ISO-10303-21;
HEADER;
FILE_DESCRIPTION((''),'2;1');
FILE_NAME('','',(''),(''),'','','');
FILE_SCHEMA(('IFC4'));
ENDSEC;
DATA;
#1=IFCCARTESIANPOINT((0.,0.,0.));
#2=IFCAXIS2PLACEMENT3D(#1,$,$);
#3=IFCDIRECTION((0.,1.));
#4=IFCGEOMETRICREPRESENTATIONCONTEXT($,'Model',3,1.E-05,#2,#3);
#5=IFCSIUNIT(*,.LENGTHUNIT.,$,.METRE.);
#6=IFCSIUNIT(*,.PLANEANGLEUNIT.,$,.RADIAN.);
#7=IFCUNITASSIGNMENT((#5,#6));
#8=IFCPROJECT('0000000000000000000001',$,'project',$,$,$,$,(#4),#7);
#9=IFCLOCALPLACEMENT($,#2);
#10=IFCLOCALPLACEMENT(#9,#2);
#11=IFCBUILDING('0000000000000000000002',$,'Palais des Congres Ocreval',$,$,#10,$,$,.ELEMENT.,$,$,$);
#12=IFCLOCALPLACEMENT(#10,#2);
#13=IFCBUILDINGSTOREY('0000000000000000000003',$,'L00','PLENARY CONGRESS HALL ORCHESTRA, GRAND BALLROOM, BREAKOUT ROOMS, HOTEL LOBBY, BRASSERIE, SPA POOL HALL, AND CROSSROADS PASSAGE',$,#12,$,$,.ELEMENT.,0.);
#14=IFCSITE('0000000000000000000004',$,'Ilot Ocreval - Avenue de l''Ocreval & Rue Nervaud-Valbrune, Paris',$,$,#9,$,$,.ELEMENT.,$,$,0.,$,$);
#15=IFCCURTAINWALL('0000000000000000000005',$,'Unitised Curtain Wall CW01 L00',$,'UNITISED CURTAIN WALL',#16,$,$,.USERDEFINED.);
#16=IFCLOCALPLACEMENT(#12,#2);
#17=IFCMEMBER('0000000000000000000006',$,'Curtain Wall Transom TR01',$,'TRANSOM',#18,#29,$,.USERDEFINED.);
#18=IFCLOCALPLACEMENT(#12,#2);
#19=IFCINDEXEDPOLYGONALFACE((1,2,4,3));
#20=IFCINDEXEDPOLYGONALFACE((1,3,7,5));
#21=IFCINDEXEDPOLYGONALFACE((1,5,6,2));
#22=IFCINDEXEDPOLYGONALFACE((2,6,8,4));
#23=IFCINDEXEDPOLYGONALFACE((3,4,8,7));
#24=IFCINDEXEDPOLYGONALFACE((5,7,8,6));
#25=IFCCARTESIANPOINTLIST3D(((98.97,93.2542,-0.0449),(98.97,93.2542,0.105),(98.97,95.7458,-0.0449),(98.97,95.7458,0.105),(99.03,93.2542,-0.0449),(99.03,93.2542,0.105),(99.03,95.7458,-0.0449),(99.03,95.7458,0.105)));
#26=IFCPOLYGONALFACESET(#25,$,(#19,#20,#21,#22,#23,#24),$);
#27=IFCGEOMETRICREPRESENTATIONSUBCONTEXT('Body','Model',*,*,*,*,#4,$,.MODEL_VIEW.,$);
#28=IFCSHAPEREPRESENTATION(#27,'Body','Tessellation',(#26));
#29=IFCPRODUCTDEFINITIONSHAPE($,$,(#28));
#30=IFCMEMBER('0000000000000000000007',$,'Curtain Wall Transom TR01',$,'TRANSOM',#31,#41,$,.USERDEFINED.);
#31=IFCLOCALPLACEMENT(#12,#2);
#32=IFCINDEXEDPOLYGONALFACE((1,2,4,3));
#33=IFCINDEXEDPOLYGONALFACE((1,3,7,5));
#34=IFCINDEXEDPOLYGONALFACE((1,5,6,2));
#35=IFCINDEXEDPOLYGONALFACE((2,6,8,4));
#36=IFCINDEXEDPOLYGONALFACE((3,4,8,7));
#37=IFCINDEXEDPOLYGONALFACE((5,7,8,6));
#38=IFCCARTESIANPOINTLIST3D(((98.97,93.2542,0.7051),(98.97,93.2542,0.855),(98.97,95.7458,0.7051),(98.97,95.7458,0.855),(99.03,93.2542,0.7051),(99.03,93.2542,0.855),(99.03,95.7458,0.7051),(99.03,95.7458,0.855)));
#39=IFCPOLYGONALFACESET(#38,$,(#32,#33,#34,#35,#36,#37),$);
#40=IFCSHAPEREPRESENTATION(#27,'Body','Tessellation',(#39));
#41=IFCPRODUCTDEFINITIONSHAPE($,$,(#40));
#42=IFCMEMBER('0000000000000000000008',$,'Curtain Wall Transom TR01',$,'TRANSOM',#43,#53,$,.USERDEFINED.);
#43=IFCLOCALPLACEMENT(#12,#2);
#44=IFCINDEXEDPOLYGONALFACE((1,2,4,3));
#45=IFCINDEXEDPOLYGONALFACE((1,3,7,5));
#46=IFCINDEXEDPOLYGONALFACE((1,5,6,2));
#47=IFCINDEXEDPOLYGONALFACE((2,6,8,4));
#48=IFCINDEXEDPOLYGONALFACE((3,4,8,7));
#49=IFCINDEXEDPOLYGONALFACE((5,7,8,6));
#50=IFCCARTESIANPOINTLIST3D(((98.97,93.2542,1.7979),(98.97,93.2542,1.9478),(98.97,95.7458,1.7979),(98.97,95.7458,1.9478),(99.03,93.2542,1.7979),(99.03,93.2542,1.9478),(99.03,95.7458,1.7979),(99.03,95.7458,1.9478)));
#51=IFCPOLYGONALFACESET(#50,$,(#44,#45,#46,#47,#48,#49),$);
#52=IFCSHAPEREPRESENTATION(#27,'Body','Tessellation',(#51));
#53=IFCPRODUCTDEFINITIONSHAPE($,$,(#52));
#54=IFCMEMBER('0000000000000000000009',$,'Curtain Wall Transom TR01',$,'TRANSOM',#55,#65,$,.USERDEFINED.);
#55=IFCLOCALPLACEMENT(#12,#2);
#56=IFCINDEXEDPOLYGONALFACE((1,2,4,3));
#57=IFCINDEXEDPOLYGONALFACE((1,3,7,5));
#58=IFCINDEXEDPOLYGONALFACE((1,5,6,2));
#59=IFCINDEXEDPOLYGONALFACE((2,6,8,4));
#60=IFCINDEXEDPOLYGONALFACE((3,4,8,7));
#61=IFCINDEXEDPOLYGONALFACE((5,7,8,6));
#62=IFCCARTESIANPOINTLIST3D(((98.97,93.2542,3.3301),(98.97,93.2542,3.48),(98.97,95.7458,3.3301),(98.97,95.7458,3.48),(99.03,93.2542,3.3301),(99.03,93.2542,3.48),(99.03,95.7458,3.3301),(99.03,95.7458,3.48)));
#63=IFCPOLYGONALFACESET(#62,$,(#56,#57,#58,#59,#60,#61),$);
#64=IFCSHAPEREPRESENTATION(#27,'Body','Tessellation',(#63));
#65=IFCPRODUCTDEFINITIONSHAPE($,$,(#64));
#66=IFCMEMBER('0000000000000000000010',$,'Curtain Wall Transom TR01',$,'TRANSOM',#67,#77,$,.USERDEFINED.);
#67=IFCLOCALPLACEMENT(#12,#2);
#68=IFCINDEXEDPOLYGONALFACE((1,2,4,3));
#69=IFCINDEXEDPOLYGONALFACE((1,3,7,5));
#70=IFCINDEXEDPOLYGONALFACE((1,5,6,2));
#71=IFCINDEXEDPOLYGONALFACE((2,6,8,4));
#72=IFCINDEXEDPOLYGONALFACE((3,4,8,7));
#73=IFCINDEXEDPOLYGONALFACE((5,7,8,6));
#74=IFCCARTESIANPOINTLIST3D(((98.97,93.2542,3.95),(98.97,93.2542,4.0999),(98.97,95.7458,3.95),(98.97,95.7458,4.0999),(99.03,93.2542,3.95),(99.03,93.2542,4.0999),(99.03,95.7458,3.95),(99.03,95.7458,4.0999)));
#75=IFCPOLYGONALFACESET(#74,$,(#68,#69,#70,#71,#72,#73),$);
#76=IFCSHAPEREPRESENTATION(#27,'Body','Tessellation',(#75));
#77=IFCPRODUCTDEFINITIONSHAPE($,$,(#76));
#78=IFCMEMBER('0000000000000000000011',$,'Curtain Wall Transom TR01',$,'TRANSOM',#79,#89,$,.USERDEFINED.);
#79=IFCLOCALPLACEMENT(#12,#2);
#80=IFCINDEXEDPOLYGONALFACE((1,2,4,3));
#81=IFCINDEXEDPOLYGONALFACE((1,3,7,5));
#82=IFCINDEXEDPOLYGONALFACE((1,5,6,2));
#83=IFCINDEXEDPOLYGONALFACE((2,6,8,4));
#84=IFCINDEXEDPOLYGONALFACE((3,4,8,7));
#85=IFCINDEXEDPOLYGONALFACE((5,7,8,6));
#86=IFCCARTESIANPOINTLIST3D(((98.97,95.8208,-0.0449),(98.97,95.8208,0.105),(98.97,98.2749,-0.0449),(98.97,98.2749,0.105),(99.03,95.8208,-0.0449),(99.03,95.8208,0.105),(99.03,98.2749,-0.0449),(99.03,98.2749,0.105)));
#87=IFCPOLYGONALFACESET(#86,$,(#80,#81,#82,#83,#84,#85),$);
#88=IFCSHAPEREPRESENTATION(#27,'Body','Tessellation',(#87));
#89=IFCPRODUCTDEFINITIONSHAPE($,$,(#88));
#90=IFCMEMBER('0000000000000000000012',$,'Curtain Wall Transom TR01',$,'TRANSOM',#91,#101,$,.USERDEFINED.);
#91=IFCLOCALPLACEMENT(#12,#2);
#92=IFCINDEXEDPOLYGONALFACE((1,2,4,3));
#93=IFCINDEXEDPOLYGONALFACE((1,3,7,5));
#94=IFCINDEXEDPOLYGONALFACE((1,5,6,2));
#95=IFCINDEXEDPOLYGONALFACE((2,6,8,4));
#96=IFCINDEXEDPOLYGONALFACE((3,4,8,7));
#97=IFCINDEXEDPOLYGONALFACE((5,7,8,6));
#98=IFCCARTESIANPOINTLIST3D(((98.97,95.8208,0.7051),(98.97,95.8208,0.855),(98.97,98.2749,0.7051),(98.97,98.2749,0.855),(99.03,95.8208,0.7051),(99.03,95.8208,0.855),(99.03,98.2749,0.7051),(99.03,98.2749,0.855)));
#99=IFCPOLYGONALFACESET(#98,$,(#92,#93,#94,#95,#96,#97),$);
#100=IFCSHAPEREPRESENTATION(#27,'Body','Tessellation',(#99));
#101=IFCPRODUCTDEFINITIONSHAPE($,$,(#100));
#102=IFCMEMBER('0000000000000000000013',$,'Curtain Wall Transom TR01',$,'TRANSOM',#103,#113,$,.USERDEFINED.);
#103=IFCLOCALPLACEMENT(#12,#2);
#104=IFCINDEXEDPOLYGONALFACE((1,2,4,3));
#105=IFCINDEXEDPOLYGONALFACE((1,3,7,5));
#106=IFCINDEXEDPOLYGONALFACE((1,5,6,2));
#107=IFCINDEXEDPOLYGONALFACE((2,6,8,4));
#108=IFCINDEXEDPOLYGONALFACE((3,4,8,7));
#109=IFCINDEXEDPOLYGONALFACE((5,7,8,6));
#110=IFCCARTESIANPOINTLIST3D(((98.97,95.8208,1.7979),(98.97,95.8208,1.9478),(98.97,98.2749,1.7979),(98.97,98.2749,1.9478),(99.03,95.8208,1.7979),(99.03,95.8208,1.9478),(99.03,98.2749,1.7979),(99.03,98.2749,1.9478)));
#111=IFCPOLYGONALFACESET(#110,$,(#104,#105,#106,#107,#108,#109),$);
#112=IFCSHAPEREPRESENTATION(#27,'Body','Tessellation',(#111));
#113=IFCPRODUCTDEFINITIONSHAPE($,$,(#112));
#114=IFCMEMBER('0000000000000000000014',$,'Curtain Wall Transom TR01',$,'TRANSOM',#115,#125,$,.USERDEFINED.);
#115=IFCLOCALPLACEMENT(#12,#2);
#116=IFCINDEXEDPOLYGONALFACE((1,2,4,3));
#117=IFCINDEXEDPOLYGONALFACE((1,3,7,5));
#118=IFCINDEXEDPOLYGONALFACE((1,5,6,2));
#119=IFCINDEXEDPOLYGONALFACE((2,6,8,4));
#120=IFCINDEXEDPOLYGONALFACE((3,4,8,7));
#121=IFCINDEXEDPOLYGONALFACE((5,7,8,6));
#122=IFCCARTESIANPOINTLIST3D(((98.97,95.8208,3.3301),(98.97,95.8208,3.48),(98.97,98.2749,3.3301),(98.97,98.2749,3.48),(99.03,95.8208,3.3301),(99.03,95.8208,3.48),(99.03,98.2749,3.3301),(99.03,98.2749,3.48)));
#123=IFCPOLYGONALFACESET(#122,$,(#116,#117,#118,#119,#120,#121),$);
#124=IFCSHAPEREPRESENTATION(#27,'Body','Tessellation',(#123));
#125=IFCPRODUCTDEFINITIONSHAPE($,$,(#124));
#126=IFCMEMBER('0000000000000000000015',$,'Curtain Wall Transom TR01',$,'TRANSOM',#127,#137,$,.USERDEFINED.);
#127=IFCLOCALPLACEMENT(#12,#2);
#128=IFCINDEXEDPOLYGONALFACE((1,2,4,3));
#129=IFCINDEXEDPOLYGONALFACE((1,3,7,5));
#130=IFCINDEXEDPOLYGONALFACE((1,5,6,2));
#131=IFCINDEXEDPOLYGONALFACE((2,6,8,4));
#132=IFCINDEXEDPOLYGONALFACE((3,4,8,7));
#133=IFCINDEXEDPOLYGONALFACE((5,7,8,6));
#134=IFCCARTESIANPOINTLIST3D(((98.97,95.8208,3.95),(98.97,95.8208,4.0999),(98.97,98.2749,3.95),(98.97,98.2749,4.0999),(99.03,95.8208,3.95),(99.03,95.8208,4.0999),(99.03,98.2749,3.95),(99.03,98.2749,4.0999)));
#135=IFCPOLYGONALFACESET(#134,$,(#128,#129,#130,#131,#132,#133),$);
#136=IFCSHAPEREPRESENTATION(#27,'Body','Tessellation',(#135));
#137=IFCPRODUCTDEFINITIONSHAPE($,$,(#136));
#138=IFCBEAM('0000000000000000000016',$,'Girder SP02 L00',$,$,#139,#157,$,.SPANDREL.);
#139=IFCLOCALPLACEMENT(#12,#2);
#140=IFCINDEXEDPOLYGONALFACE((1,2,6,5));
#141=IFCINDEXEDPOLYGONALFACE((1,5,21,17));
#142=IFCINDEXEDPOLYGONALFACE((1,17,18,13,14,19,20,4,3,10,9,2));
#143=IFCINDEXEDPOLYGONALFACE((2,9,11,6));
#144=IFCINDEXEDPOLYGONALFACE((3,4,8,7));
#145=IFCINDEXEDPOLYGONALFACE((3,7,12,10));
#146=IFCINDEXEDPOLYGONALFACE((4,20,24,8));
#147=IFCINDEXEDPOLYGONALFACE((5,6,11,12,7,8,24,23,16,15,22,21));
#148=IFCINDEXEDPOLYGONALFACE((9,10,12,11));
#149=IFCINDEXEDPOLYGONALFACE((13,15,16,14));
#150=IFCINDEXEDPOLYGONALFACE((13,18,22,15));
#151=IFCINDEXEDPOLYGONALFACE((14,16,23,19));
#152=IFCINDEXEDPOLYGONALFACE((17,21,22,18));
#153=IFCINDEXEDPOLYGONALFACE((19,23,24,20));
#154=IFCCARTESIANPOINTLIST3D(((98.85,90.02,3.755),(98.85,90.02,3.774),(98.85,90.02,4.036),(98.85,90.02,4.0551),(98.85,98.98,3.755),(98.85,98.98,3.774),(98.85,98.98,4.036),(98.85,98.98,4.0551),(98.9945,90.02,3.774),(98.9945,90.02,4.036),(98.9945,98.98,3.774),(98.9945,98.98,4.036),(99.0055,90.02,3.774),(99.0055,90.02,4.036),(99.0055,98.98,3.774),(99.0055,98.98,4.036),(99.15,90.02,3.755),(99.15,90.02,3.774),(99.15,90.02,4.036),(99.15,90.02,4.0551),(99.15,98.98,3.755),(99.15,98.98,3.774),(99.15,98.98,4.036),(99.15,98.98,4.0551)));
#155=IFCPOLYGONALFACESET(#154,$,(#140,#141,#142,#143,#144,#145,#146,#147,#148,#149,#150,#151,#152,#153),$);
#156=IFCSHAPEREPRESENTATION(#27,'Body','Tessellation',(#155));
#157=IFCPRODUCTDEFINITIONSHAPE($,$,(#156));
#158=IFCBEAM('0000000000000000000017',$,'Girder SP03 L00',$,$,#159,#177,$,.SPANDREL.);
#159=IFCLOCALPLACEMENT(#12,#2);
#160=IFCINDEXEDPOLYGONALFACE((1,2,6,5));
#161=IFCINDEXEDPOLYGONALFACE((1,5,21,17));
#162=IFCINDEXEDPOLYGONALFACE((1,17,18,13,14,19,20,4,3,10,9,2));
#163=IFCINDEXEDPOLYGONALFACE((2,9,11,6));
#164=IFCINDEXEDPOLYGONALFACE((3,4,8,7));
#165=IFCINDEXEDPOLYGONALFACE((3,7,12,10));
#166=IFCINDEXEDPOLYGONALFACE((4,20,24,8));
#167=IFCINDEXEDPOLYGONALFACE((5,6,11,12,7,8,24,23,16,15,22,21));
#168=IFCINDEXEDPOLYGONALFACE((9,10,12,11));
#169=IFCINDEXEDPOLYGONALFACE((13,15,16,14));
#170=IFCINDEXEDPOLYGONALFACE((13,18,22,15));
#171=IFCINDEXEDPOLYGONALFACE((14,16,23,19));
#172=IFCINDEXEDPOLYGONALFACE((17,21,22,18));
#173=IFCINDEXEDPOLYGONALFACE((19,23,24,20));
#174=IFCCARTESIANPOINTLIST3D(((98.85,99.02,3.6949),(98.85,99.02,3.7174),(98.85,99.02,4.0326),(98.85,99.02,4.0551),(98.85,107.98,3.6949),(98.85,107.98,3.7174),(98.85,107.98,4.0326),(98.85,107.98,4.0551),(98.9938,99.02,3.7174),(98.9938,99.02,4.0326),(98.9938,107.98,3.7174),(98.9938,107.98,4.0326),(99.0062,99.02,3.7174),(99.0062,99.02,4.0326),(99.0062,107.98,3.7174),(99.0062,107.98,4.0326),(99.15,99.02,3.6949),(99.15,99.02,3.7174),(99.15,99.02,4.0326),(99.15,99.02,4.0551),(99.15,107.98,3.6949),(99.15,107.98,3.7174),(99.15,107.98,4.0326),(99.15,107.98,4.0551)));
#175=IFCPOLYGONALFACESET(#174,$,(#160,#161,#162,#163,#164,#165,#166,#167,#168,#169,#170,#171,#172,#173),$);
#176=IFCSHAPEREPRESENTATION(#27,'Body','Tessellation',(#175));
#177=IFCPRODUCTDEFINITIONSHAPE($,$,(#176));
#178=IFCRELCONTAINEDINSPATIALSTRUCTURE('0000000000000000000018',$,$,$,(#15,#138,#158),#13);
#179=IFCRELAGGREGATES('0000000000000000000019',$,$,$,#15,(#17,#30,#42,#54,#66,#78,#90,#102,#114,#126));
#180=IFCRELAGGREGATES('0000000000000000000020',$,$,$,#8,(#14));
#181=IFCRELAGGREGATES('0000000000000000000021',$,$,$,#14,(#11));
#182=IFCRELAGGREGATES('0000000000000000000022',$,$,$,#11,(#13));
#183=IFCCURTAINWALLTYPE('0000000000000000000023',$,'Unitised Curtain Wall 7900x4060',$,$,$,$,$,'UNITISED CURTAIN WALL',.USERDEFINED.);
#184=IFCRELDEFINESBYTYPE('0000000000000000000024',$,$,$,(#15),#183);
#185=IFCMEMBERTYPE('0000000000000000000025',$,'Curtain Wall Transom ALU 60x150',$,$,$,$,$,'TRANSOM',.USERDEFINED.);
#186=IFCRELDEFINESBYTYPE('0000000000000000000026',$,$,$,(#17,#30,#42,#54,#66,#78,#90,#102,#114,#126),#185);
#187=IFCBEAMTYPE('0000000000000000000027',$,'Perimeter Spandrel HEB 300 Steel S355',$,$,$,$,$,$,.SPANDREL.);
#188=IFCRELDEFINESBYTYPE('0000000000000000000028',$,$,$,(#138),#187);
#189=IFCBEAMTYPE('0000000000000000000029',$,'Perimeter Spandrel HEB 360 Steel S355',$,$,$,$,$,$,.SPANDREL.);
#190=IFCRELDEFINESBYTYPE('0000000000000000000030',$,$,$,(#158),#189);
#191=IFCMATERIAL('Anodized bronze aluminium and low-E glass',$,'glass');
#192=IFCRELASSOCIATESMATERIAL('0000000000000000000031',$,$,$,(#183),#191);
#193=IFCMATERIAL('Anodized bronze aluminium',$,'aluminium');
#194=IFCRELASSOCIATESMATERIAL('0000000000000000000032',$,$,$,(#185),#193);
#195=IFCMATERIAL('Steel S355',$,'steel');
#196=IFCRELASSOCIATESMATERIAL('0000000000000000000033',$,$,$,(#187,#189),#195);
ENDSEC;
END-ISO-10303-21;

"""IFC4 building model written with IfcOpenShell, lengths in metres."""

from ifc_helpers import new_model, si_unit, direction, frame, origin, origin_2d, place, context, subcontext, project, spatial, rectangle, i_section, extrude, material, material_profile, profile_set, type_object, element, aggregate, save


model = new_model("IFC4")

# Units and contexts
model_context = context("Model", 3, precision=1e-05, world=origin(), true_north=direction((0.0, 1.0)))
body_context = subcontext(model_context, "Body", "Model", "MODEL_VIEW")
ifc_project = project(units=[si_unit("LENGTHUNIT", "METRE"), si_unit("PLANEANGLEUNIT", "RADIAN")], contexts=[model_context])

# Site, building, storey
site_placement = place(None, origin())
site = spatial("IfcSite", under=ifc_project, at=site_placement, Name="Ilot Ocreval - Avenue de l'Ocreval & Rue Nervaud-Valbrune, Paris", CompositionType="ELEMENT", RefElevation=0.0)
building_placement = place(site_placement, origin())
building = spatial("IfcBuilding", under=site, at=building_placement, Name="Palais des Congres Ocreval", CompositionType="ELEMENT")
storey_placement = place(building_placement, origin())
storey = spatial("IfcBuildingStorey", under=building, at=storey_placement, Name="L00", Description="PLENARY CONGRESS HALL ORCHESTRA, GRAND BALLROOM, BREAKOUT ROOMS, HOTEL LOBBY, BRASSERIE, SPA POOL HALL, AND CROSSROADS PASSAGE", CompositionType="ELEMENT", Elevation=0.0)

# Shared definitions
ifc_material_1 = material(Name="Steel S355", Category="steel")

# Curtain wall, members
ifc_material_2 = material(Name="Anodized bronze aluminium and low-E glass", Category="glass")
curtain_wall_type = type_object("IfcCurtainWallType", Name="Unitised Curtain Wall 7900x4060", ElementType="UNITISED CURTAIN WALL", PredefinedType="USERDEFINED", material=ifc_material_2)
curtain_wall_placement = place(storey_placement, origin())
curtain_wall = element("IfcCurtainWall", 1, at=curtain_wall_placement, inside=storey, type_object=curtain_wall_type, Name="Unitised Curtain Wall CW01 L00", ObjectType="UNITISED CURTAIN WALL", PredefinedType="USERDEFINED")
ifc_material_3 = material(Name="Anodized bronze aluminium", Category="aluminium")
ifc_material_profile_1 = material_profile(ifc_material_3, rectangle(XDim=0.0601, YDim=0.1499, at=origin_2d()), Name="ALU 60x150")
ifc_profile_set_1 = profile_set([ifc_material_profile_1], Name="Anodized bronze aluminium")
member_type_1 = type_object("IfcMemberType", Name="Curtain Wall Transom ALU 60x150", ElementType="TRANSOM", PredefinedType="USERDEFINED", material=ifc_profile_set_1)
member_1_placement = place(storey_placement, frame((99.0, 93.2542, 0.03), z_axis=(0.0, 1.0, 0.0), x_axis=(-1.0, 0.0, 0.0)))
member_1 = element("IfcMember", 2, at=member_1_placement, type_object=member_type_1, Name="Curtain Wall Transom TR01", ObjectType="TRANSOM", PredefinedType="USERDEFINED", context=body_context, shape_type="SweptSolid", body=[
    extrude(rectangle(XDim=0.0601, YDim=0.1499, at=origin_2d()), origin(), (0.0, 0.0, 1.0), 2.4917),
])
member_2_placement = place(storey_placement, frame((99.0, 93.2542, 0.78), z_axis=(0.0, 1.0, 0.0), x_axis=(-1.0, 0.0, 0.0)))
member_2 = element("IfcMember", 3, at=member_2_placement, type_object=member_type_1, Name="Curtain Wall Transom TR01", ObjectType="TRANSOM", PredefinedType="USERDEFINED", context=body_context, shape_type="SweptSolid", body=[
    extrude(rectangle(XDim=0.0601, YDim=0.1499, at=origin_2d()), origin(), (0.0, 0.0, 1.0), 2.4917),
])
member_3_placement = place(storey_placement, frame((99.0, 93.2542, 1.8728), z_axis=(0.0, 1.0, 0.0), x_axis=(-1.0, 0.0, 0.0)))
member_3 = element("IfcMember", 4, at=member_3_placement, type_object=member_type_1, Name="Curtain Wall Transom TR01", ObjectType="TRANSOM", PredefinedType="USERDEFINED", context=body_context, shape_type="SweptSolid", body=[
    extrude(rectangle(XDim=0.0601, YDim=0.1499, at=origin_2d()), origin(), (0.0, 0.0, 1.0), 2.4917),
])
member_4_placement = place(storey_placement, frame((99.0, 93.2542, 3.405), z_axis=(0.0, 1.0, 0.0), x_axis=(-1.0, 0.0, 0.0)))
member_4 = element("IfcMember", 5, at=member_4_placement, type_object=member_type_1, Name="Curtain Wall Transom TR01", ObjectType="TRANSOM", PredefinedType="USERDEFINED", context=body_context, shape_type="SweptSolid", body=[
    extrude(rectangle(XDim=0.0601, YDim=0.1499, at=origin_2d()), origin(), (0.0, 0.0, 1.0), 2.4917),
])
member_5_placement = place(storey_placement, frame((99.0, 93.2542, 4.0249), z_axis=(0.0, 1.0, 0.0), x_axis=(-1.0, 0.0, 0.0)))
member_5 = element("IfcMember", 6, at=member_5_placement, type_object=member_type_1, Name="Curtain Wall Transom TR01", ObjectType="TRANSOM", PredefinedType="USERDEFINED", context=body_context, shape_type="SweptSolid", body=[
    extrude(rectangle(XDim=0.0601, YDim=0.1499, at=origin_2d()), origin(), (0.0, 0.0, 1.0), 2.4917),
])
member_6_placement = place(storey_placement, frame((99.0, 95.8208, 0.03), z_axis=(0.0, 1.0, 0.0), x_axis=(-1.0, 0.0, 0.0)))
member_6 = element("IfcMember", 7, at=member_6_placement, type_object=member_type_1, Name="Curtain Wall Transom TR01", ObjectType="TRANSOM", PredefinedType="USERDEFINED", context=body_context, shape_type="SweptSolid", body=[
    extrude(rectangle(XDim=0.0601, YDim=0.1499, at=origin_2d()), origin(), (0.0, 0.0, 1.0), 2.4541),
])
member_7_placement = place(storey_placement, frame((99.0, 95.8208, 0.78), z_axis=(0.0, 1.0, 0.0), x_axis=(-1.0, 0.0, 0.0)))
member_7 = element("IfcMember", 8, at=member_7_placement, type_object=member_type_1, Name="Curtain Wall Transom TR01", ObjectType="TRANSOM", PredefinedType="USERDEFINED", context=body_context, shape_type="SweptSolid", body=[
    extrude(rectangle(XDim=0.0601, YDim=0.1499, at=origin_2d()), origin(), (0.0, 0.0, 1.0), 2.4541),
])
member_8_placement = place(storey_placement, frame((99.0, 95.8208, 1.8728), z_axis=(0.0, 1.0, 0.0), x_axis=(-1.0, 0.0, 0.0)))
member_8 = element("IfcMember", 9, at=member_8_placement, type_object=member_type_1, Name="Curtain Wall Transom TR01", ObjectType="TRANSOM", PredefinedType="USERDEFINED", context=body_context, shape_type="SweptSolid", body=[
    extrude(rectangle(XDim=0.0601, YDim=0.1499, at=origin_2d()), origin(), (0.0, 0.0, 1.0), 2.4541),
])
member_9_placement = place(storey_placement, frame((99.0, 95.8208, 3.405), z_axis=(0.0, 1.0, 0.0), x_axis=(-1.0, 0.0, 0.0)))
member_9 = element("IfcMember", 10, at=member_9_placement, type_object=member_type_1, Name="Curtain Wall Transom TR01", ObjectType="TRANSOM", PredefinedType="USERDEFINED", context=body_context, shape_type="SweptSolid", body=[
    extrude(rectangle(XDim=0.0601, YDim=0.1499, at=origin_2d()), origin(), (0.0, 0.0, 1.0), 2.4541),
])
member_10_placement = place(storey_placement, frame((99.0, 95.8208, 4.0249), z_axis=(0.0, 1.0, 0.0), x_axis=(-1.0, 0.0, 0.0)))
member_10 = element("IfcMember", 11, at=member_10_placement, type_object=member_type_1, Name="Curtain Wall Transom TR01", ObjectType="TRANSOM", PredefinedType="USERDEFINED", context=body_context, shape_type="SweptSolid", body=[
    extrude(rectangle(XDim=0.0601, YDim=0.1499, at=origin_2d()), origin(), (0.0, 0.0, 1.0), 2.4541),
])

# Beams
ifc_material_profile_2 = material_profile(ifc_material_1, i_section(OverallWidth=0.3, OverallDepth=0.3, WebThickness=0.011, FlangeThickness=0.019, at=origin_2d()), Name="HEB 300")
ifc_profile_set_2 = profile_set([ifc_material_profile_2], Name="Steel S355")
beam_type_1 = type_object("IfcBeamType", Name="Perimeter Spandrel HEB 300 Steel S355", PredefinedType="SPANDREL", material=ifc_profile_set_2)
beam_1_placement = place(storey_placement, frame((99.0, 90.02, 3.905), z_axis=(0.0, 1.0, 0.0), x_axis=(-1.0, 0.0, 0.0)))
element("IfcBeam", 12, at=beam_1_placement, inside=storey, type_object=beam_type_1, Name="Girder SP02 L00", PredefinedType="SPANDREL", context=body_context, shape_type="SweptSolid", body=[
    extrude(i_section(OverallWidth=0.3, OverallDepth=0.3, WebThickness=0.011, FlangeThickness=0.019, at=origin_2d()), origin(), (0.0, 0.0, 1.0), 8.96),
])
ifc_material_profile_3 = material_profile(ifc_material_1, i_section(OverallWidth=0.3, OverallDepth=0.3601, WebThickness=0.0125, FlangeThickness=0.0225, at=origin_2d()), Name="HEB 360")
ifc_profile_set_3 = profile_set([ifc_material_profile_3], Name="Steel S355")
beam_type_2 = type_object("IfcBeamType", Name="Perimeter Spandrel HEB 360 Steel S355", PredefinedType="SPANDREL", material=ifc_profile_set_3)
beam_2_placement = place(storey_placement, frame((99.0, 99.02, 3.875), z_axis=(0.0, 1.0, 0.0), x_axis=(-1.0, 0.0, 0.0)))
element("IfcBeam", 13, at=beam_2_placement, inside=storey, type_object=beam_type_2, Name="Girder SP03 L00", PredefinedType="SPANDREL", context=body_context, shape_type="SweptSolid", body=[
    extrude(i_section(OverallWidth=0.3, OverallDepth=0.3601, WebThickness=0.0125, FlangeThickness=0.0225, at=origin_2d()), origin(), (0.0, 0.0, 1.0), 8.96),
])

aggregate(curtain_wall, [member_1, member_2, member_3, member_4, member_5, member_6, member_7, member_8, member_9, member_10])

save(model, "model.ifc")
